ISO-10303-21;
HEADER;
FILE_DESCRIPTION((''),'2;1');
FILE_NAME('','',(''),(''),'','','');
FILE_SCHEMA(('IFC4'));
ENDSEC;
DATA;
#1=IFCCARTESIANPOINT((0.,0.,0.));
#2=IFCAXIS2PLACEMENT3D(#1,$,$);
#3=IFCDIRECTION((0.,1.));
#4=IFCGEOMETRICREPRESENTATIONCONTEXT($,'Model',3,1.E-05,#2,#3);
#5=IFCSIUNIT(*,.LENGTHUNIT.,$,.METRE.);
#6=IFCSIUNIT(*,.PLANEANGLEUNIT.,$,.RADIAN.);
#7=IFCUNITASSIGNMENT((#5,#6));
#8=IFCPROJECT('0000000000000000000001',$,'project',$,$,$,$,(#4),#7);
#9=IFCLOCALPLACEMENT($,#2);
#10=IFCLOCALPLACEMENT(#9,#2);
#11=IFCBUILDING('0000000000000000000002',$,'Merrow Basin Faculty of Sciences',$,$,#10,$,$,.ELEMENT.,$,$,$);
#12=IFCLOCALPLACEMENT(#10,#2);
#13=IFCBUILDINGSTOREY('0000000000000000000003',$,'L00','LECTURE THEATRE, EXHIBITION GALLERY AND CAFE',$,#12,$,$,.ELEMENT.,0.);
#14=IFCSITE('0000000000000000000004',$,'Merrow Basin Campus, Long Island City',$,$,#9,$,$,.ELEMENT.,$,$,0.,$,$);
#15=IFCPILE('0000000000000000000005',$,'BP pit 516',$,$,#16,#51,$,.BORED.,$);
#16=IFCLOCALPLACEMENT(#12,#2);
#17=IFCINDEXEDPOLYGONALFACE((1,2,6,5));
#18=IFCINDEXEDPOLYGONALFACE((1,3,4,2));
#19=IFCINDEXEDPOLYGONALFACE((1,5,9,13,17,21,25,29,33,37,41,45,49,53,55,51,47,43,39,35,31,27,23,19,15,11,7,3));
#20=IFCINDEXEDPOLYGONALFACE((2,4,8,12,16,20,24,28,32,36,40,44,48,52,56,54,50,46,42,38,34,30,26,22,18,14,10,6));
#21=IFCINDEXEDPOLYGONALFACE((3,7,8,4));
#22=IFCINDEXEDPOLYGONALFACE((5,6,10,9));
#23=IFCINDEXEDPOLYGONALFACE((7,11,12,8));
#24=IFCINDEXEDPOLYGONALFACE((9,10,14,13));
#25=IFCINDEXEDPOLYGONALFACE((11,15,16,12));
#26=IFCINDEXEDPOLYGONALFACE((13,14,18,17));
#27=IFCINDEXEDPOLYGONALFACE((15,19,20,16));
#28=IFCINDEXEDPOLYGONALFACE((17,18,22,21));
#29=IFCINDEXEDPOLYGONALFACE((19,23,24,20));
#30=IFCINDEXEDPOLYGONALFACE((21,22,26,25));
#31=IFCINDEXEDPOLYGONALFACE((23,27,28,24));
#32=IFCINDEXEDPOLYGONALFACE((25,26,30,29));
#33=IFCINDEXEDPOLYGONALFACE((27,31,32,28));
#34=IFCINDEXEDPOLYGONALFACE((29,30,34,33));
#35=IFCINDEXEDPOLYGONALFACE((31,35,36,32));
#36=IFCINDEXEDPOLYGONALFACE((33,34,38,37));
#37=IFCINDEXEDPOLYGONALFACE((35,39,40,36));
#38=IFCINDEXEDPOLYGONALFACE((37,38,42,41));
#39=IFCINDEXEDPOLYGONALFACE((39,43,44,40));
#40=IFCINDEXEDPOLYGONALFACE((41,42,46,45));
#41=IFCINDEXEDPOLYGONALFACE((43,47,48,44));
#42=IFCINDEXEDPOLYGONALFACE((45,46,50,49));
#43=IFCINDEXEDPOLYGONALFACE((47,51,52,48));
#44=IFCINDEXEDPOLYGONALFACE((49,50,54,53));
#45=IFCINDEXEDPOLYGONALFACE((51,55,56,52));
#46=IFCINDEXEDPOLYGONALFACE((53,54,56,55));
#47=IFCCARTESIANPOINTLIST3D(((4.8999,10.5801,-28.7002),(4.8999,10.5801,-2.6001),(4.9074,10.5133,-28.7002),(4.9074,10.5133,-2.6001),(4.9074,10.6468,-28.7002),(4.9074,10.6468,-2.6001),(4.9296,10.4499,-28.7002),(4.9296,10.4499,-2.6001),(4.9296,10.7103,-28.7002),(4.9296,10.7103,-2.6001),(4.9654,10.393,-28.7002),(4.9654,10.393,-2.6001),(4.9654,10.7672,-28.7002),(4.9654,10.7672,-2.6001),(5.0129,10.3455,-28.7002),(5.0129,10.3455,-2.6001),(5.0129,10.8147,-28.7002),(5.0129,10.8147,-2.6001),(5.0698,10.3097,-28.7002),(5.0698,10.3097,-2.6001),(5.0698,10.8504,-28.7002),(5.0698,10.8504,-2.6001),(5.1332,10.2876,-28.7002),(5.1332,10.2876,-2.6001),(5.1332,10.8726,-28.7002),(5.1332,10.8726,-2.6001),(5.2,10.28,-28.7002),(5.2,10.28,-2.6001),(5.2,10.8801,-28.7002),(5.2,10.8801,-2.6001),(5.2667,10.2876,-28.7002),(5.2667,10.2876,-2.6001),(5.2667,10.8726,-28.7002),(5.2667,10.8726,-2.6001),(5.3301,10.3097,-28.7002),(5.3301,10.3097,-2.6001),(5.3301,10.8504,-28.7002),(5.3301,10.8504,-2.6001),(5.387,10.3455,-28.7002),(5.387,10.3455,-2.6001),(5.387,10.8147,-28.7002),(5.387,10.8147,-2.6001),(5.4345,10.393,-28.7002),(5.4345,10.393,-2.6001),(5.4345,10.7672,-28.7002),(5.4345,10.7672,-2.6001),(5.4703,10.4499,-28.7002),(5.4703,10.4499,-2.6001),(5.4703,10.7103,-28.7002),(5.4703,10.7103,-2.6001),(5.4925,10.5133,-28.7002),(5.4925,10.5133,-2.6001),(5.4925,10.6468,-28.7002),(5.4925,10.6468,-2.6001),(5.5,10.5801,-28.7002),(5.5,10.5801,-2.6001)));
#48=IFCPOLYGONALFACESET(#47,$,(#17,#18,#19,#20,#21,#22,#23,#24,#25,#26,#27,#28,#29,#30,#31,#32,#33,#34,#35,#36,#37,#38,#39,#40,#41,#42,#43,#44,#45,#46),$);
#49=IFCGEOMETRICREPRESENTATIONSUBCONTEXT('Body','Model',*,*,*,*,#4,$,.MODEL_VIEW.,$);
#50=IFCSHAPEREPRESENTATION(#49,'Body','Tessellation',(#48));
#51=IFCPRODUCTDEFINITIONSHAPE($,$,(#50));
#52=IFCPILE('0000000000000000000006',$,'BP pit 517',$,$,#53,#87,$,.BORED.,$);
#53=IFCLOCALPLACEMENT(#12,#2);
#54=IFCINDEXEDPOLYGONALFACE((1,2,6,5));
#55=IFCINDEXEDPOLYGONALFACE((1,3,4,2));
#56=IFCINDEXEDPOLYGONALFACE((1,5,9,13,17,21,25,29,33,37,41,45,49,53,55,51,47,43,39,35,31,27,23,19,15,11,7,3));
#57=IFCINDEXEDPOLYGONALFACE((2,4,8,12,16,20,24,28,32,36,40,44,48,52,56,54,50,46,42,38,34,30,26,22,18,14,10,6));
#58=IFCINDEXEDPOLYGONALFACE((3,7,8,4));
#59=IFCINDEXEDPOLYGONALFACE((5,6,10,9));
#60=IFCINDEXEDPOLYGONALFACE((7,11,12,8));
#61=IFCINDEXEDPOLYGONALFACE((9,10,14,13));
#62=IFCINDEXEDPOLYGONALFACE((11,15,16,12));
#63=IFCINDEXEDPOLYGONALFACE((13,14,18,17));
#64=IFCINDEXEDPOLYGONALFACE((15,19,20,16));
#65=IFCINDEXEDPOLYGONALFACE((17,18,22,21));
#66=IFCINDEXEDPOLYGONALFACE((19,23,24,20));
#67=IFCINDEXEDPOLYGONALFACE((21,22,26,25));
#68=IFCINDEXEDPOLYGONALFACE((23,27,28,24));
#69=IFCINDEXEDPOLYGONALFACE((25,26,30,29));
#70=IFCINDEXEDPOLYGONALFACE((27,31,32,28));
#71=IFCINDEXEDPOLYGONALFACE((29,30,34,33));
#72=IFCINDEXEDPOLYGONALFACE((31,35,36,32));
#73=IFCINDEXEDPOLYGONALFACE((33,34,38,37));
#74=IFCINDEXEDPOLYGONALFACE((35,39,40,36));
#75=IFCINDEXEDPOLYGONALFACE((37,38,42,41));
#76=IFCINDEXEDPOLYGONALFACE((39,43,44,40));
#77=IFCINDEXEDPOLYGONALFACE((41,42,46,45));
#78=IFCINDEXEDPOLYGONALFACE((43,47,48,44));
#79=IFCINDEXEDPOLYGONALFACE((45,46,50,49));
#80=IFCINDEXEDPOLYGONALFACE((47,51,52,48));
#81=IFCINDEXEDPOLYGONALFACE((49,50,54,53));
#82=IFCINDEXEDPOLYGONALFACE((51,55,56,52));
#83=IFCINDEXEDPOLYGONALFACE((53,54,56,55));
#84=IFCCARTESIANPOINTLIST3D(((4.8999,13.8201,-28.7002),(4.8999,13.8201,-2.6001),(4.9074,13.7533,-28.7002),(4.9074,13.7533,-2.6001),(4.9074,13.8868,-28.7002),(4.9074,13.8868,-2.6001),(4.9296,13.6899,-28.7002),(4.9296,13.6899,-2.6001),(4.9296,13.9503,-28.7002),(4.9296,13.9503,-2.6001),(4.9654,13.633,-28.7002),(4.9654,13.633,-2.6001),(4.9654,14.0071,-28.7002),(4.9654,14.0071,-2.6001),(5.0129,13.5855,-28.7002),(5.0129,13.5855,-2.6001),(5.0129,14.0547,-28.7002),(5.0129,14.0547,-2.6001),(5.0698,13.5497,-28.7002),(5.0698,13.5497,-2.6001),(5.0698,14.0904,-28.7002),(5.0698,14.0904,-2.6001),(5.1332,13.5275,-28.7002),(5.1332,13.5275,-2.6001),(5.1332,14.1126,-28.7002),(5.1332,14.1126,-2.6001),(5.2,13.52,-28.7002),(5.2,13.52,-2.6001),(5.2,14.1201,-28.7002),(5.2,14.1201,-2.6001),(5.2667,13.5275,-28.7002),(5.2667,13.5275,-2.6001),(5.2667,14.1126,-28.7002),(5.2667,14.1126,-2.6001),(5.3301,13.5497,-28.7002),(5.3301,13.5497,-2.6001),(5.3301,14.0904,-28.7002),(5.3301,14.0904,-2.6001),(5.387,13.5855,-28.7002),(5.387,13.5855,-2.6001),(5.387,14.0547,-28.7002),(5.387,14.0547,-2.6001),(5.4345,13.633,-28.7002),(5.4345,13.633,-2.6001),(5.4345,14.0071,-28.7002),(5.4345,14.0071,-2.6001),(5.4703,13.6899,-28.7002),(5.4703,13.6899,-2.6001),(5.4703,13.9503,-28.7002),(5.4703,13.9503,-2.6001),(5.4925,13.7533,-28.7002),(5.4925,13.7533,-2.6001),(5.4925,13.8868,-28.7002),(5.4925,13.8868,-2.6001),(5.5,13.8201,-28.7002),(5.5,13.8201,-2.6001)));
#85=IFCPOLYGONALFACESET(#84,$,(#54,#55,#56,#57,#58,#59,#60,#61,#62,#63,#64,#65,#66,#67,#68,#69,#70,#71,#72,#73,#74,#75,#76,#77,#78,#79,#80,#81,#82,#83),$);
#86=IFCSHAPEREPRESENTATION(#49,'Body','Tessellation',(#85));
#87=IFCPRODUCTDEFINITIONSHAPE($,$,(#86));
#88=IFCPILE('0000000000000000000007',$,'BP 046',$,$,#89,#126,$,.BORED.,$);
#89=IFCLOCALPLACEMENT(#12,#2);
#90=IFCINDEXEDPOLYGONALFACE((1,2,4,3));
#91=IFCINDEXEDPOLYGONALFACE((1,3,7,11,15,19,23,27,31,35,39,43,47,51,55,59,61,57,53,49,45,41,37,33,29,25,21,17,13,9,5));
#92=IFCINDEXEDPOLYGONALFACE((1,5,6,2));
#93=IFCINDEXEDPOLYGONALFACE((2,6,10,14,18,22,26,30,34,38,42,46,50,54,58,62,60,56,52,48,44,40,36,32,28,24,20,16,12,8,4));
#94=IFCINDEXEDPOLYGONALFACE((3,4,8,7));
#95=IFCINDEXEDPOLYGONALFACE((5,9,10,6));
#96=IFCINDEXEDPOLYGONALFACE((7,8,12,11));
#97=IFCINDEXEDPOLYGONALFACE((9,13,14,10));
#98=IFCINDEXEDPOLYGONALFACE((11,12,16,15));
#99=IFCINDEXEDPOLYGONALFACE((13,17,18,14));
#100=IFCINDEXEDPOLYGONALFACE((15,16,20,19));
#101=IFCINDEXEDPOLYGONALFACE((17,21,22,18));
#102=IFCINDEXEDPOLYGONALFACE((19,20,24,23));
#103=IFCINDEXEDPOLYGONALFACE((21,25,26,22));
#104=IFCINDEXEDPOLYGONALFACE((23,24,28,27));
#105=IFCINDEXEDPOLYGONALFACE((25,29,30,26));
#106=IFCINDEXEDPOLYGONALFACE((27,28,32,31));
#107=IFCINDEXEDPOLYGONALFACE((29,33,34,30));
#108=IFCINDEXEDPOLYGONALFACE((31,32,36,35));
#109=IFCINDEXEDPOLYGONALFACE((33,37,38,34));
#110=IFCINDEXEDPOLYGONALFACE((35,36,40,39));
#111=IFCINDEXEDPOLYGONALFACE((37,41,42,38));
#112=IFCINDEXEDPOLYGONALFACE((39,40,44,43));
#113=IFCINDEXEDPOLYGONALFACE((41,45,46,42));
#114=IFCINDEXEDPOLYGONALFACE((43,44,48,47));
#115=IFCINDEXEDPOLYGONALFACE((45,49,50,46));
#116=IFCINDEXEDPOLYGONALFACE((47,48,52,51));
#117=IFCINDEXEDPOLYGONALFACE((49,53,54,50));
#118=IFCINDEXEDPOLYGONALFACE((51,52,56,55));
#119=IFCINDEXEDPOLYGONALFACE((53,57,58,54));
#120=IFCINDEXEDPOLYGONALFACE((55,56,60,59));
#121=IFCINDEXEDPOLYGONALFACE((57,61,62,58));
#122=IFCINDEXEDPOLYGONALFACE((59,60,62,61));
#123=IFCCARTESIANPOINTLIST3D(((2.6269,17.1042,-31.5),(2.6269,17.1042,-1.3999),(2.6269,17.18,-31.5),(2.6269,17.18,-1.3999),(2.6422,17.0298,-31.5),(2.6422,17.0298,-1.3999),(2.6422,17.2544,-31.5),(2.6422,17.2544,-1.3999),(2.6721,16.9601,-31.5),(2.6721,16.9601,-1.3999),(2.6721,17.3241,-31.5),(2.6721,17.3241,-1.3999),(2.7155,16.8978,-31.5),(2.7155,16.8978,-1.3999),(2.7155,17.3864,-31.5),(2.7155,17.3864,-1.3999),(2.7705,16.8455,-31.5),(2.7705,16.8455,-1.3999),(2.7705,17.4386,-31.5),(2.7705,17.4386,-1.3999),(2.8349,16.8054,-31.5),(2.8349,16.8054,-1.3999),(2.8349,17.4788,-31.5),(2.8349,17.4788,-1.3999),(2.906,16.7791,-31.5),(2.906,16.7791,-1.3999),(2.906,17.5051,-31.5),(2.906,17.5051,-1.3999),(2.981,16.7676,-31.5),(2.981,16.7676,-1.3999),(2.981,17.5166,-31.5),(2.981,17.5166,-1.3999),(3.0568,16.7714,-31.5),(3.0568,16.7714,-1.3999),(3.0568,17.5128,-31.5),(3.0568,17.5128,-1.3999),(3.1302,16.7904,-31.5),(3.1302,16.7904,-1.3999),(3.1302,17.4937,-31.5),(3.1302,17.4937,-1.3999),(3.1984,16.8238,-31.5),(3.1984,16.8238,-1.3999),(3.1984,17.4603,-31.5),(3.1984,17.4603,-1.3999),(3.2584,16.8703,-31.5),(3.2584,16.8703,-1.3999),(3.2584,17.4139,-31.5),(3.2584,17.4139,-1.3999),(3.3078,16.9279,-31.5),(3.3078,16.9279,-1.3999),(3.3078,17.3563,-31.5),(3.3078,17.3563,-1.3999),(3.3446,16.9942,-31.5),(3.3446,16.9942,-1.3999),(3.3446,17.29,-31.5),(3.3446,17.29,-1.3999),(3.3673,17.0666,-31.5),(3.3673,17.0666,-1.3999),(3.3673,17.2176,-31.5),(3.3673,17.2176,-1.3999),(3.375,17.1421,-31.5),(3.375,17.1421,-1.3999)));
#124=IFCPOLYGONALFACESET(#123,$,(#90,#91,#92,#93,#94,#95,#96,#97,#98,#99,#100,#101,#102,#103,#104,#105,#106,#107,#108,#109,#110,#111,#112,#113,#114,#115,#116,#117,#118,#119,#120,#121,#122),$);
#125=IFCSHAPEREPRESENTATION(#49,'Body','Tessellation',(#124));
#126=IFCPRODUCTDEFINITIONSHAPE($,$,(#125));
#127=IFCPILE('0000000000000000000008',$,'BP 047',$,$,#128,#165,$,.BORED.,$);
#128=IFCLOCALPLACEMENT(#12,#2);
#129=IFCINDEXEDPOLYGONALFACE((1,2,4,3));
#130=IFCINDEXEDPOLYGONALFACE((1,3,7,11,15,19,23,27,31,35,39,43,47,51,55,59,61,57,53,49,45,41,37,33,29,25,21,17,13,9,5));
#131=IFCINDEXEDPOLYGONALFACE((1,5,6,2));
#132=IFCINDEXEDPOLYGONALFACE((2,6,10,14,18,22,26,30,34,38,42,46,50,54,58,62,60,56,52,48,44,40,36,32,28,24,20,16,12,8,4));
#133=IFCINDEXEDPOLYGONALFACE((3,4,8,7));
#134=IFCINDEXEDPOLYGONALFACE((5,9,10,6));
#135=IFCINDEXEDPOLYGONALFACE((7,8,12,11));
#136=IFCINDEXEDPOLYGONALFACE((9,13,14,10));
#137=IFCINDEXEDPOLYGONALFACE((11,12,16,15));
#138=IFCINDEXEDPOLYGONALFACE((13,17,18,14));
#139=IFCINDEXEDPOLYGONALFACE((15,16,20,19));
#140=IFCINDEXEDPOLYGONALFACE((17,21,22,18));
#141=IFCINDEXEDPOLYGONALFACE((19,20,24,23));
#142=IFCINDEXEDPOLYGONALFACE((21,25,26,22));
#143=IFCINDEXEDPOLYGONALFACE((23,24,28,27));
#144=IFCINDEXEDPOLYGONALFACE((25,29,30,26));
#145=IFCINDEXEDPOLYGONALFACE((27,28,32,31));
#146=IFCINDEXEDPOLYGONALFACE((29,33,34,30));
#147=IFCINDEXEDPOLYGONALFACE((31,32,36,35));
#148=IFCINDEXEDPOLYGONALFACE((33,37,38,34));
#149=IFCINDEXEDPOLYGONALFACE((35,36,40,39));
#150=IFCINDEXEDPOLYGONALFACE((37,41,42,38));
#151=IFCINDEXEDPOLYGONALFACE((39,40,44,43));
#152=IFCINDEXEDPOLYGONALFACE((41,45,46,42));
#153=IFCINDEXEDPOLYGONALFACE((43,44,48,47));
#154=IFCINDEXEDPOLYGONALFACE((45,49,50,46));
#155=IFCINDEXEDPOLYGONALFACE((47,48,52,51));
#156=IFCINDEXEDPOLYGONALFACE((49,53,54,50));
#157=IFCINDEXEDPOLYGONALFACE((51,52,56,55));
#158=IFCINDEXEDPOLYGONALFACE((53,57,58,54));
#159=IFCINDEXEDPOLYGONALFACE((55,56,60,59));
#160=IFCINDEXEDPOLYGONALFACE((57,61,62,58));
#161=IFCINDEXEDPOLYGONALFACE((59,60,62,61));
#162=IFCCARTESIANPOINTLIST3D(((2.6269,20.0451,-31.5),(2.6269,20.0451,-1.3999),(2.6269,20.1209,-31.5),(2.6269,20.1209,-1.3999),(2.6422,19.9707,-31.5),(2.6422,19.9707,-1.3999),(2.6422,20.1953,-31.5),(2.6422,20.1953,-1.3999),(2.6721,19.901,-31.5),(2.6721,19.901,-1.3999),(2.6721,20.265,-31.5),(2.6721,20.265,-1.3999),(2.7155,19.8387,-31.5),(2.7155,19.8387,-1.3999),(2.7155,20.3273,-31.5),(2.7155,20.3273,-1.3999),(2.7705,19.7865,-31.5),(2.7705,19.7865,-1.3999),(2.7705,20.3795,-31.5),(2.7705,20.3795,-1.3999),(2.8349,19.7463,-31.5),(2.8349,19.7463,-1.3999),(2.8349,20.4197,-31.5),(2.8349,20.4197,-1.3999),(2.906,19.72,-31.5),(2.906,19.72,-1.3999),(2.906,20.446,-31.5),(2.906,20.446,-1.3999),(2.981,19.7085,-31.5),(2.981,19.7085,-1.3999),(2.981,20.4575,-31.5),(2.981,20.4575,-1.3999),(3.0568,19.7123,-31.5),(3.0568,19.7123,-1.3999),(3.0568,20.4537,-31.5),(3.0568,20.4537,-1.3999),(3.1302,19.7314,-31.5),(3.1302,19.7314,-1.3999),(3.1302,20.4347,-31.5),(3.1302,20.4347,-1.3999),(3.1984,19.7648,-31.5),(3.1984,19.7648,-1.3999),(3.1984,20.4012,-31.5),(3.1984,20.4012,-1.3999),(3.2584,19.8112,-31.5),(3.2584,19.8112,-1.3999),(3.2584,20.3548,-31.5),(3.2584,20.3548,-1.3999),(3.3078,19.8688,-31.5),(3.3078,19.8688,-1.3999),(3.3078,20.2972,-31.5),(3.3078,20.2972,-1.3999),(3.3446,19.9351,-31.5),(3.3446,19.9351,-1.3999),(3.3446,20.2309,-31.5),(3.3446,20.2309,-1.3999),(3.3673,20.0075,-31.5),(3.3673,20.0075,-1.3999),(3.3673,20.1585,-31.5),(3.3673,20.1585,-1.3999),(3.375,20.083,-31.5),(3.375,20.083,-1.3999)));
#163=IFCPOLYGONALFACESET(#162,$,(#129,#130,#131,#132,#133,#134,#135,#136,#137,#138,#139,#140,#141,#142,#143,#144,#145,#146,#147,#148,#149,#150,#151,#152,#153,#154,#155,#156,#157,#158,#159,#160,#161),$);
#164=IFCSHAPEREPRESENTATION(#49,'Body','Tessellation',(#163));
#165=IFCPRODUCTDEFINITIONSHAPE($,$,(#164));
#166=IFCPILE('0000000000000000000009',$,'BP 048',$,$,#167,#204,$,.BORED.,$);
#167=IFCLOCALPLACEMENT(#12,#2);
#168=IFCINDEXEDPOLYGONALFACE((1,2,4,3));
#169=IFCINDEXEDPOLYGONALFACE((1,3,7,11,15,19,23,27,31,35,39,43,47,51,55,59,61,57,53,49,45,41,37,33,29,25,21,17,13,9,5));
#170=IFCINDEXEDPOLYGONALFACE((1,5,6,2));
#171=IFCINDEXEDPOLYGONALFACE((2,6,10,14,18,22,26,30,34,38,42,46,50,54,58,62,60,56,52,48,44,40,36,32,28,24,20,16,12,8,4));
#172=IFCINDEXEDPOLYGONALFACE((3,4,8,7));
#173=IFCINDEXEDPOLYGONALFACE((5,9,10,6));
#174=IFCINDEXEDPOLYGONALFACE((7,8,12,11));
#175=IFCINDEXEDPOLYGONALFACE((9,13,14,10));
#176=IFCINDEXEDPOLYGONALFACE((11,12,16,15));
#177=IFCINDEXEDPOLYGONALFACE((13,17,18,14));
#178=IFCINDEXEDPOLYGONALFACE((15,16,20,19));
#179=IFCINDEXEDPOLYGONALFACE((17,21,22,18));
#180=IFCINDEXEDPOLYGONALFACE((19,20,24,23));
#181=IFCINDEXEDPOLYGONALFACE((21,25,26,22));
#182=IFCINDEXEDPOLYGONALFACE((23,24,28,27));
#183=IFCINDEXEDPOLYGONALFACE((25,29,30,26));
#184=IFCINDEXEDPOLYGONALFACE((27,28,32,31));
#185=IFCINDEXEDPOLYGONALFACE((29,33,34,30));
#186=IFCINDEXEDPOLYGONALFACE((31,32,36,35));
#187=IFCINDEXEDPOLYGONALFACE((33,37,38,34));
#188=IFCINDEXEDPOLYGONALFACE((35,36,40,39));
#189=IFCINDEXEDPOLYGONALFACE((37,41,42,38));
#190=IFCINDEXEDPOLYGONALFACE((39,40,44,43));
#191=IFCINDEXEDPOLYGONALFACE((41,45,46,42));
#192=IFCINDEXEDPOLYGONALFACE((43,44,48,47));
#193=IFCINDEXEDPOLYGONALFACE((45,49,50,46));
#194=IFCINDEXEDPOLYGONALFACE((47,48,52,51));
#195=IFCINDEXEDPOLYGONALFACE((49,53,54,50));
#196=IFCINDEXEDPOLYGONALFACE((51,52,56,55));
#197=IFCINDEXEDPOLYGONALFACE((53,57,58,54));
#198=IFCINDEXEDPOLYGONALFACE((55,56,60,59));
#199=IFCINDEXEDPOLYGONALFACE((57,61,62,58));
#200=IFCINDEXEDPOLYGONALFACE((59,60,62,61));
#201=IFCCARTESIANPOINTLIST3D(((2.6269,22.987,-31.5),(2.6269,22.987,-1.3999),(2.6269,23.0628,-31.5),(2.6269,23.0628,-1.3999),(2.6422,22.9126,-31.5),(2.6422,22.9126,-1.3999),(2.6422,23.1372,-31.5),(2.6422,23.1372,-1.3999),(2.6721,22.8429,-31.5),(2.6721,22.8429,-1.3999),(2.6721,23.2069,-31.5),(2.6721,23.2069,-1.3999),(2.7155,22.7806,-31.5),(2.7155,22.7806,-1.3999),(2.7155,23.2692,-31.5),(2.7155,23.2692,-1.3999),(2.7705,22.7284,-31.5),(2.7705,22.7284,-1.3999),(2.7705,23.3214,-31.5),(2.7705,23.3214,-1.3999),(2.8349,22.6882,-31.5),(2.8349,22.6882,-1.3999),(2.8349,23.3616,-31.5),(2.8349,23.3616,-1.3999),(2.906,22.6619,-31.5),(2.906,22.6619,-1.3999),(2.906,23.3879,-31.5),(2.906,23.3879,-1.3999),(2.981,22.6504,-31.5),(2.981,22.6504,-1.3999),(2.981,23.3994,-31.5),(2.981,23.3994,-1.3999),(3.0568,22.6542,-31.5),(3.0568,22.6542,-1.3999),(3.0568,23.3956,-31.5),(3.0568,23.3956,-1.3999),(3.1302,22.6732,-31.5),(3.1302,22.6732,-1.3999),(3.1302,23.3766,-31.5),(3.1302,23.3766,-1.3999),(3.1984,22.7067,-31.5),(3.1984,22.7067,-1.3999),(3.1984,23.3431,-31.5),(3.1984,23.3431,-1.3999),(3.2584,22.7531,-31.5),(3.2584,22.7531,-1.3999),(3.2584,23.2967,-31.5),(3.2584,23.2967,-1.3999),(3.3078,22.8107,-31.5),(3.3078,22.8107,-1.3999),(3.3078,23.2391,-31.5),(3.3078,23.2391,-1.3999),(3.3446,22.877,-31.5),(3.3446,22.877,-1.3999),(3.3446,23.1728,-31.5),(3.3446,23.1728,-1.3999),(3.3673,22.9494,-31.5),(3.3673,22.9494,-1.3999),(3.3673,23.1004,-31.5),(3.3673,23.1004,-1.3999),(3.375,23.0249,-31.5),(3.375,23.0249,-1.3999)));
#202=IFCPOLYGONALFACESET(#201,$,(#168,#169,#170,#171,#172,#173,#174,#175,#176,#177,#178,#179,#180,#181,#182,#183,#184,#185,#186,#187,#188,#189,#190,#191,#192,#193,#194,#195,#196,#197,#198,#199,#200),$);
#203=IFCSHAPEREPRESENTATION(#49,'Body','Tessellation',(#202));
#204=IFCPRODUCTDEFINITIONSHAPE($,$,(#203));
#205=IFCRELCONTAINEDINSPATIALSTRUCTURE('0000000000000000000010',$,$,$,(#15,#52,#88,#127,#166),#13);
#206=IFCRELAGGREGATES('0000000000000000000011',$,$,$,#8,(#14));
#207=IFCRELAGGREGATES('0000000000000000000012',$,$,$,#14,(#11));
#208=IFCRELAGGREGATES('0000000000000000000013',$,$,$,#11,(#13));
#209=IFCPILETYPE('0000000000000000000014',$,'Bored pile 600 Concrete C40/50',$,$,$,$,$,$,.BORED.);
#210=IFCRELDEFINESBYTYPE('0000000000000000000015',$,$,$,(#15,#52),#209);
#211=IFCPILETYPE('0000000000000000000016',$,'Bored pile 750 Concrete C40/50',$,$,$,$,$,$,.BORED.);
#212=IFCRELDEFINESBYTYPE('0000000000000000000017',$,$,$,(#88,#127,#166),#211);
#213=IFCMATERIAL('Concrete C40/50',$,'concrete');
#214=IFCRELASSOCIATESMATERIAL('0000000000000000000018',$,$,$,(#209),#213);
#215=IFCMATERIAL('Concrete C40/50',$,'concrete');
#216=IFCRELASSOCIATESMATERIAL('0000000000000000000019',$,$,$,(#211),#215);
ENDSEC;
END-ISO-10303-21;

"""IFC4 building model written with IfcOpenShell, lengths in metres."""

from ifc_helpers import new_model, si_unit, direction, frame, origin, origin_2d, place, context, subcontext, project, spatial, circle, extrude, material, material_profile, profile_set, type_object, element, save


model = new_model("IFC4")

# Units and contexts
model_context = context("Model", 3, precision=1e-05, world=origin(), true_north=direction((0.0, 1.0)))
body_context = subcontext(model_context, "Body", "Model", "MODEL_VIEW")
ifc_project = project(units=[si_unit("LENGTHUNIT", "METRE"), si_unit("PLANEANGLEUNIT", "RADIAN")], contexts=[model_context])

# Site, building, storey
site_placement = place(None, origin())
site = spatial("IfcSite", under=ifc_project, at=site_placement, Name="Merrow Basin Campus, Long Island City", CompositionType="ELEMENT", RefElevation=0.0)
building_placement = place(site_placement, origin())
building = spatial("IfcBuilding", under=site, at=building_placement, Name="Merrow Basin Faculty of Sciences", CompositionType="ELEMENT")
storey_placement = place(building_placement, origin())
storey = spatial("IfcBuildingStorey", under=building, at=storey_placement, Name="L00", Description="LECTURE THEATRE, EXHIBITION GALLERY AND CAFE", CompositionType="ELEMENT", Elevation=0.0)

# Piles
ifc_material_1 = material(Name="Concrete C40/50", Category="concrete")
ifc_material_profile_1 = material_profile(ifc_material_1, circle(Radius=0.3, at=origin_2d()))
ifc_profile_set_1 = profile_set([ifc_material_profile_1], Name="Concrete C40/50")
pile_type_1 = type_object("IfcPileType", Name="Bored pile 600 Concrete C40/50", PredefinedType="BORED", material=ifc_profile_set_1)
for number, where, z_axis, x_axis, name in (
    (1, (5.2, 10.5801, -2.6001), (0.0, 0.0, -1.0), (1.0, 0.0, 0.0), "BP pit 516"),
    (2, (5.2, 13.8201, -2.6001), (0.0, 0.0, -1.0), (1.0, 0.0, 0.0), "BP pit 517"),
):
    element("IfcPile", number, at=place(storey_placement, frame(where, z_axis=z_axis, x_axis=x_axis)), inside=storey, type_object=pile_type_1, Name=name, PredefinedType="BORED", context=body_context, shape_type="SweptSolid", body=[
        extrude(circle(Radius=0.3, at=origin_2d()), origin(), (0.0, 0.0, 1.0), 26.1001),
    ])
ifc_material_2 = material(Name="Concrete C40/50", Category="concrete")
ifc_material_profile_2 = material_profile(ifc_material_2, circle(Radius=0.375, at=origin_2d()))
ifc_profile_set_2 = profile_set([ifc_material_profile_2], Name="Concrete C40/50")
pile_type_2 = type_object("IfcPileType", Name="Bored pile 750 Concrete C40/50", PredefinedType="BORED", material=ifc_profile_set_2)
for number, where, z_axis, x_axis, name in (
    (3, (3.0, 17.1421, -1.3999), (0.0, 0.0, -1.0), (1.0, 0.0, 0.0), "BP 046"),
    (4, (3.0, 20.083, -1.3999), (0.0, 0.0, -1.0), (1.0, 0.0, 0.0), "BP 047"),
    (5, (3.0, 23.0249, -1.3999), (0.0, 0.0, -1.0), (1.0, 0.0, 0.0), "BP 048"),
):
    element("IfcPile", number, at=place(storey_placement, frame(where, z_axis=z_axis, x_axis=x_axis)), inside=storey, type_object=pile_type_2, Name=name, PredefinedType="BORED", context=body_context, shape_type="SweptSolid", body=[
        extrude(circle(Radius=0.375, at=origin_2d()), origin(), (0.0, 0.0, 1.0), 30.1001),
    ])

save(model, "model.ifc")
